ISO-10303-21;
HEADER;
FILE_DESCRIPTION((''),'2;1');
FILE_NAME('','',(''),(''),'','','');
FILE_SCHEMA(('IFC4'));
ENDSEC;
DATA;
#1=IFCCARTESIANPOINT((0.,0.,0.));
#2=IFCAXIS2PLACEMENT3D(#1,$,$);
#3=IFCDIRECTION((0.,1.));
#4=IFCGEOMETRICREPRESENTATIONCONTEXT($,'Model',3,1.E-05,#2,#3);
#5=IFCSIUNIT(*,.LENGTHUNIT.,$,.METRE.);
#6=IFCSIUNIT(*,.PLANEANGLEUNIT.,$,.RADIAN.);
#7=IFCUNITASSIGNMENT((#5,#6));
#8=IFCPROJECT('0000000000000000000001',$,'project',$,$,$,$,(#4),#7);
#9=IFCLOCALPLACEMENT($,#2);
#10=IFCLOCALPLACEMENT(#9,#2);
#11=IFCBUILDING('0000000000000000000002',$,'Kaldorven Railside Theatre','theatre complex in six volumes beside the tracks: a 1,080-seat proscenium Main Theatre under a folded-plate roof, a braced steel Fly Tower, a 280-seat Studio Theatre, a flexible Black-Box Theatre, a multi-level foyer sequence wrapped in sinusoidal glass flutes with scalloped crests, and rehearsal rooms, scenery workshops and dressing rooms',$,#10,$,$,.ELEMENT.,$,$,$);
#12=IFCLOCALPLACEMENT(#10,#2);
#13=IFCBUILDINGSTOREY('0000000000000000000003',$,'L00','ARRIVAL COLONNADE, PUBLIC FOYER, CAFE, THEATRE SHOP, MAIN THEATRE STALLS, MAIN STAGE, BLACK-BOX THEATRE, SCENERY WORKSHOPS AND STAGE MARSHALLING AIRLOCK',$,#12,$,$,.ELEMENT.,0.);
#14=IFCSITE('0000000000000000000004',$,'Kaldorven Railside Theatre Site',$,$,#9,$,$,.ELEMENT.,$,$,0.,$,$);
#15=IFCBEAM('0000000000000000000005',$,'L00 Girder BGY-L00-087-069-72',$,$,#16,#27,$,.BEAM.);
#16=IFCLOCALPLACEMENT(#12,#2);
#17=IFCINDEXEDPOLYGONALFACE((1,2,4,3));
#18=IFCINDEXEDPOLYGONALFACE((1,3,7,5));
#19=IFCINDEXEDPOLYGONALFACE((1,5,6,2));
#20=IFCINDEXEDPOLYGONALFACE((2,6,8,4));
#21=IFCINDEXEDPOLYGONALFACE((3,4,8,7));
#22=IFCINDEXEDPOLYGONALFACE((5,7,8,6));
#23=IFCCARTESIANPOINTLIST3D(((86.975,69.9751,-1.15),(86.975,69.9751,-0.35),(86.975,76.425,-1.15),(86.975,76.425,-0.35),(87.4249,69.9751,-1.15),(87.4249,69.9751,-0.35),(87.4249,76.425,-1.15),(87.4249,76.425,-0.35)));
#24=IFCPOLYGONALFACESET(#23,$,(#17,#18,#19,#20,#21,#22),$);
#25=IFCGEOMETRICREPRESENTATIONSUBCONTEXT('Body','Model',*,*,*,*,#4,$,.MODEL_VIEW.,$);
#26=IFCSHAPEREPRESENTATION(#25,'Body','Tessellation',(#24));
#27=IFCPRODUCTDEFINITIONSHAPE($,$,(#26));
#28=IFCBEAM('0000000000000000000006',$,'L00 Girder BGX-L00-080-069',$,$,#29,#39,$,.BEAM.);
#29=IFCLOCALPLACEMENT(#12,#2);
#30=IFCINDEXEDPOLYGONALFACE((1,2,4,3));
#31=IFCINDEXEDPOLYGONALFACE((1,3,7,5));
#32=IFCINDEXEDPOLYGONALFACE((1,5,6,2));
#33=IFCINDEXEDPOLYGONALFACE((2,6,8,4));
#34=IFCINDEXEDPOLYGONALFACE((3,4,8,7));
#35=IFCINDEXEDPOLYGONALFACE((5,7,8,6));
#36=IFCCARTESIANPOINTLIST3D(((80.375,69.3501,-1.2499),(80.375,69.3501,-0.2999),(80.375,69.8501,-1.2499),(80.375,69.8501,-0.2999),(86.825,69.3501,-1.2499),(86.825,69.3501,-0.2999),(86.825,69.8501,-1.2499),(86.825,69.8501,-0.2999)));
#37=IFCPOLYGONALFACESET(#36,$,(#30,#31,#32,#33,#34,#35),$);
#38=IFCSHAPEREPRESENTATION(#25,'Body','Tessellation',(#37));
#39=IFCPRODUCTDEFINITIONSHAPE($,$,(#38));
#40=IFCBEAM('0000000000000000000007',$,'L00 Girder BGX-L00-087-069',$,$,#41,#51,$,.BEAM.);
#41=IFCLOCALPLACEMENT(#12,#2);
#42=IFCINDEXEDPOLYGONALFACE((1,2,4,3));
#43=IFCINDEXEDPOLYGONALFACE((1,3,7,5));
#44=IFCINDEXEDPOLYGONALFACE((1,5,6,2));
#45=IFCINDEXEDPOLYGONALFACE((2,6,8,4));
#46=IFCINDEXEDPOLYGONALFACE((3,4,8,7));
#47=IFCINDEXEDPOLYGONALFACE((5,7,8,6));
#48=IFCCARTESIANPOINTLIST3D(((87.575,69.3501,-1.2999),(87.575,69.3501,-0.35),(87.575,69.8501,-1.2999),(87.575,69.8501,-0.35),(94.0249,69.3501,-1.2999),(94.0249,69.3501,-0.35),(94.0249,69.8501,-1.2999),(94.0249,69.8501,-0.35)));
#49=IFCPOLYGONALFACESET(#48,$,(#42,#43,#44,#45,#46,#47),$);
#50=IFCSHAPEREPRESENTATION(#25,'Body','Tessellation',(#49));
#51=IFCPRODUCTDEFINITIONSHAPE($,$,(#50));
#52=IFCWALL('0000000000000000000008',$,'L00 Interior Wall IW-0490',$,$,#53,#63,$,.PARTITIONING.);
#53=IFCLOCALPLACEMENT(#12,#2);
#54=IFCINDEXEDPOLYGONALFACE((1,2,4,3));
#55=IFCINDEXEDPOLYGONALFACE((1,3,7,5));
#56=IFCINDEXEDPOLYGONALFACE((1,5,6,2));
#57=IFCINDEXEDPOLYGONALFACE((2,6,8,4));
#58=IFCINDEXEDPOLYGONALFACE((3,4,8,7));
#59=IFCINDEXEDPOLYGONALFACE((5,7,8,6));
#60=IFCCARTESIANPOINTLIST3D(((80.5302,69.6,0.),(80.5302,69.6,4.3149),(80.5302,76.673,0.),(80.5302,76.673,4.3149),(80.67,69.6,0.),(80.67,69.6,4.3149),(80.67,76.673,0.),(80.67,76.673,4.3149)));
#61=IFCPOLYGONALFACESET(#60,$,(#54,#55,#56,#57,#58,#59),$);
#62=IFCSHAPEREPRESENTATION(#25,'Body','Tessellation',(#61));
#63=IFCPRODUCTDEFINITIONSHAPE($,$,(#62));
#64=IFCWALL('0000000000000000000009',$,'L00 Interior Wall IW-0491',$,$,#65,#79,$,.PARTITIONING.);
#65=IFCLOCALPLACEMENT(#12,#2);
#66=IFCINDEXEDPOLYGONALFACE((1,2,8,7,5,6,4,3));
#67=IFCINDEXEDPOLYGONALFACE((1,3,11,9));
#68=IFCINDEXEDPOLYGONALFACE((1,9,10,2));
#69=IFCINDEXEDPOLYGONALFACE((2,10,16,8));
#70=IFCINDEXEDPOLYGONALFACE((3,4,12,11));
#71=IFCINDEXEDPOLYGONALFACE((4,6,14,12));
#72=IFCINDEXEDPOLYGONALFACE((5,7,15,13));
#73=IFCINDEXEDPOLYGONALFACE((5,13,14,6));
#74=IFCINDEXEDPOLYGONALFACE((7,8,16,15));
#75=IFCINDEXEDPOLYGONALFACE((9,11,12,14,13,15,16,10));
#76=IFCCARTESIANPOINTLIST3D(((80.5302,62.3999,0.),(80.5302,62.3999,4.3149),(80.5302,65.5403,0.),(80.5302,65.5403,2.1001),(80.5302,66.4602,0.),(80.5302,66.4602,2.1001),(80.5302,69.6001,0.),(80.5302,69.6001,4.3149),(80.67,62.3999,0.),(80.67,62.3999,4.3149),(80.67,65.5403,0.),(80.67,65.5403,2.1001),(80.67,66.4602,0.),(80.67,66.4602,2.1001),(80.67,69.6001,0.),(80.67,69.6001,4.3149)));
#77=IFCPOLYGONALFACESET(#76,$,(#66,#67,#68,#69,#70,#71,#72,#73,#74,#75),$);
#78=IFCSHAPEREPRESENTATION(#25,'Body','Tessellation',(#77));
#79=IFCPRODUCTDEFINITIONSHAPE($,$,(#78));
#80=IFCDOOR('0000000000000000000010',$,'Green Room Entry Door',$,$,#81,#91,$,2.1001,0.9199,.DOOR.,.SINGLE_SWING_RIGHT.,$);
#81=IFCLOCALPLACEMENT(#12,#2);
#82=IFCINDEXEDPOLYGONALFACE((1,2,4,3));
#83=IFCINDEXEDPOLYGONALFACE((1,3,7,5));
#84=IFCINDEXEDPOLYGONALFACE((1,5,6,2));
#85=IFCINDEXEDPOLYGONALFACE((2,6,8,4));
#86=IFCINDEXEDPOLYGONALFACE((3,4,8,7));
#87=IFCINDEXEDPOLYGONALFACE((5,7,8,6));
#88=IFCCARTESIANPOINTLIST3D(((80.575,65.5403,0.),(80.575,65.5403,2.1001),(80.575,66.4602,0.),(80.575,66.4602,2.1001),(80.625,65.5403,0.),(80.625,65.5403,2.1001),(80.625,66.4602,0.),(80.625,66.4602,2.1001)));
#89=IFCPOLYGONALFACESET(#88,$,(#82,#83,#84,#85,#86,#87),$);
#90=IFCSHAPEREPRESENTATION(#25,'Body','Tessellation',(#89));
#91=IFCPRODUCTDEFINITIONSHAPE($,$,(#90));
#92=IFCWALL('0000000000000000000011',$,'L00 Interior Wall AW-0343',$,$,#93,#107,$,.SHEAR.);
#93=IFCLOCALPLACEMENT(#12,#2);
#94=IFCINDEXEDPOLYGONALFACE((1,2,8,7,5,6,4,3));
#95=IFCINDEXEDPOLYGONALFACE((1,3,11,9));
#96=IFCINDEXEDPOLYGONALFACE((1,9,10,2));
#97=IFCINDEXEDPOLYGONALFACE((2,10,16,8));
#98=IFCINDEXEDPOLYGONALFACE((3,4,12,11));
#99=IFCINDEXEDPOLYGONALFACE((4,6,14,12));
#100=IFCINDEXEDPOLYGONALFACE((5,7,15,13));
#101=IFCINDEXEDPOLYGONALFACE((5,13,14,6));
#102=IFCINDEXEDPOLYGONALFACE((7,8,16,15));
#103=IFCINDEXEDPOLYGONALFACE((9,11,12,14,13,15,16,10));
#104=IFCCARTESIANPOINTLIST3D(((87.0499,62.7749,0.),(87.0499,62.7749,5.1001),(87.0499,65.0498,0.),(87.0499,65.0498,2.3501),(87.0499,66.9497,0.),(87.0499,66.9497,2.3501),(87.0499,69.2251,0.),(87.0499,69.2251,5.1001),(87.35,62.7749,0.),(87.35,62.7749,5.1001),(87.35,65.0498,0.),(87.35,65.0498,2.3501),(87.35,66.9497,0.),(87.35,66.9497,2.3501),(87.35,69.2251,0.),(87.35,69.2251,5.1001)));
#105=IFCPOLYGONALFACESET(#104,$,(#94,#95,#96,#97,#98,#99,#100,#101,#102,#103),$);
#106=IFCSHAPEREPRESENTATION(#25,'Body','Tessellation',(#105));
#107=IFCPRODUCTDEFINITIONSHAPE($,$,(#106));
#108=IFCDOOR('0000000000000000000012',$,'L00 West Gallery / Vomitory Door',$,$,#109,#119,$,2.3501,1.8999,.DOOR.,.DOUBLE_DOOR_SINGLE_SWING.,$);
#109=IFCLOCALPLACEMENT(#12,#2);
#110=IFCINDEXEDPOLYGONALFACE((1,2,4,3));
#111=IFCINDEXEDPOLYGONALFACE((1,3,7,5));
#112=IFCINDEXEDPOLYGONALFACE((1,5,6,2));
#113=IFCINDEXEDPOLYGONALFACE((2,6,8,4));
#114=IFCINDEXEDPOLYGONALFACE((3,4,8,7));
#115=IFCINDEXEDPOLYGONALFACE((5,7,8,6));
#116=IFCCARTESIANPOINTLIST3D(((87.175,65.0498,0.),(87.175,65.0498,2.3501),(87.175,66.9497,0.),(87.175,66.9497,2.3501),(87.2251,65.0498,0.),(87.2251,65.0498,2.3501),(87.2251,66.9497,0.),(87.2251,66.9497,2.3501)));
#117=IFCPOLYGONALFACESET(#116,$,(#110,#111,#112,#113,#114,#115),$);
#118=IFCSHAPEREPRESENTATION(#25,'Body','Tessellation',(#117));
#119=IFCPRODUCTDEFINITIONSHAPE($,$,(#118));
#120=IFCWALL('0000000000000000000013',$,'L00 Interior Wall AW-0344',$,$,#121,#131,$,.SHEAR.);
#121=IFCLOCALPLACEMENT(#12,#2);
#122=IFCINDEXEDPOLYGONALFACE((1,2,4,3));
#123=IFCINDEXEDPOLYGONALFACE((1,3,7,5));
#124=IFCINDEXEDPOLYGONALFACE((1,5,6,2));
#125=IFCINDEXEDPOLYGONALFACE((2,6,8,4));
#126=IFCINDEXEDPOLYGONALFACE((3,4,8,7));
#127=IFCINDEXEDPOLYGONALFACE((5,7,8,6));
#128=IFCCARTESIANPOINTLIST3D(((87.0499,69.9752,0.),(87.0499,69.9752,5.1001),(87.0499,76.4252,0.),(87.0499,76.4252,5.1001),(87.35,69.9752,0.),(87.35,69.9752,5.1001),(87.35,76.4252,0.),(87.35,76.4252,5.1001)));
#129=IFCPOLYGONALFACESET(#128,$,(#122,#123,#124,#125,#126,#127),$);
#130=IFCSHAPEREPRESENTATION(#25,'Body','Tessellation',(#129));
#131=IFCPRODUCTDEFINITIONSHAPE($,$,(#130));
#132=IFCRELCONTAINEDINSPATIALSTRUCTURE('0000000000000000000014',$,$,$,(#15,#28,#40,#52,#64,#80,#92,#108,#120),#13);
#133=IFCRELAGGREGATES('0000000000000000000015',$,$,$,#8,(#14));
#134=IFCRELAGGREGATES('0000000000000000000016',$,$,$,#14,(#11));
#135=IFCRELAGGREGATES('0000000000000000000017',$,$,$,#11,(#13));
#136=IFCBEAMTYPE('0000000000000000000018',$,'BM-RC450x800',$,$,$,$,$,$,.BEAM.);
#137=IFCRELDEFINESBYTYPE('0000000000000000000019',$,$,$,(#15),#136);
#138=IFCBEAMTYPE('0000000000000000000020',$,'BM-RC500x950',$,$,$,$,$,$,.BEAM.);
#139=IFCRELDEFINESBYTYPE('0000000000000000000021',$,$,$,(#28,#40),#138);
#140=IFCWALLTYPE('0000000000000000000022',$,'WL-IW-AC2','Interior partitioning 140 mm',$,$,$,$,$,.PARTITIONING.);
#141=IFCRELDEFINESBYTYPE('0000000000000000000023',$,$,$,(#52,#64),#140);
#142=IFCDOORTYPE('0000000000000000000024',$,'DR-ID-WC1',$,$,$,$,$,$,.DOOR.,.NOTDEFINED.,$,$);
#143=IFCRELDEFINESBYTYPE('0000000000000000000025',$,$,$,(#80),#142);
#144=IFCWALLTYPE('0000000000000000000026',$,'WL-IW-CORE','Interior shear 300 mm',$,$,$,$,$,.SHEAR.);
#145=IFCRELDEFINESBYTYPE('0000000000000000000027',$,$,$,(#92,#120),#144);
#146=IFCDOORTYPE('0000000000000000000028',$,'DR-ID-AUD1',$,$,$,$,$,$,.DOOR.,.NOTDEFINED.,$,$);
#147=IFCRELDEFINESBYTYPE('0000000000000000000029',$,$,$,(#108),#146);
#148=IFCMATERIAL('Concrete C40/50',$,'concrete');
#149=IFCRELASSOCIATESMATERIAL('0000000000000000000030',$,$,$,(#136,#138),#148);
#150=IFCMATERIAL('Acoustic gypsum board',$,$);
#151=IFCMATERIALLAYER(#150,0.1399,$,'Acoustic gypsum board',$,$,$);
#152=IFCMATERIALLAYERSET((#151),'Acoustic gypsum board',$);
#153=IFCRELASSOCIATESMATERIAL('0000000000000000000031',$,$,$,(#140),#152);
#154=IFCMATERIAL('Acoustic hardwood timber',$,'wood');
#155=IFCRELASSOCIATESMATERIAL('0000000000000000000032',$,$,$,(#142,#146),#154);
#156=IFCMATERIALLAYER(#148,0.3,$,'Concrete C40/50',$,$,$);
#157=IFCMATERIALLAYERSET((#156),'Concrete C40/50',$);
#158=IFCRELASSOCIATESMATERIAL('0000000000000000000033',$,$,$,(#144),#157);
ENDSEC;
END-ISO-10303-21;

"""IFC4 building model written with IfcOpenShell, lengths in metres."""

from ifc_helpers import new_model, si_unit, direction, frame, frame_2d, origin, origin_2d, place, context, subcontext, project, spatial, rectangle, extrude, material, layer, layer_set, material_profile, profile_set, type_object, element, fill, save


model = new_model("IFC4")

# Units and contexts
model_context = context("Model", 3, precision=1e-05, world=origin(), true_north=direction((0.0, 1.0)))
body_context = subcontext(model_context, "Body", "Model", "MODEL_VIEW")
ifc_project = project(units=[si_unit("LENGTHUNIT", "METRE"), si_unit("PLANEANGLEUNIT", "RADIAN")], contexts=[model_context])

# Site, building, storey
site_placement = place(None, origin())
site = spatial("IfcSite", under=ifc_project, at=site_placement, Name="Kaldorven Railside Theatre Site", CompositionType="ELEMENT", RefElevation=0.0)
building_placement = place(site_placement, origin())
building = spatial("IfcBuilding", under=site, at=building_placement, Name="Kaldorven Railside Theatre", Description="theatre complex in six volumes beside the tracks: a 1,080-seat proscenium Main Theatre under a folded-plate roof, a braced steel Fly Tower, a 280-seat Studio Theatre, a flexible Black-Box Theatre, a multi-level foyer sequence wrapped in sinusoidal glass flutes with scalloped crests, and rehearsal rooms, scenery workshops and dressing rooms", CompositionType="ELEMENT")
storey_placement = place(building_placement, origin())
storey = spatial("IfcBuildingStorey", under=building, at=storey_placement, Name="L00", Description="ARRIVAL COLONNADE, PUBLIC FOYER, CAFE, THEATRE SHOP, MAIN THEATRE STALLS, MAIN STAGE, BLACK-BOX THEATRE, SCENERY WORKSHOPS AND STAGE MARSHALLING AIRLOCK", CompositionType="ELEMENT", Elevation=0.0)

# Shared definitions
ifc_material_1 = material(Name="Concrete C40/50", Category="concrete")

# Beams
ifc_material_profile_1 = material_profile(ifc_material_1, rectangle(XDim=0.45, YDim=0.8, at=origin_2d()), Name="RC 450x800")
ifc_profile_set_1 = profile_set([ifc_material_profile_1], Name="Concrete C40/50")
beam_type_1 = type_object("IfcBeamType", Name="BM-RC450x800", PredefinedType="BEAM", material=ifc_profile_set_1)
for number, where, z_axis, x_axis, name in (
    (1, (87.2, 69.9751, -0.75), (0.0, 1.0, 0.0), (-1.0, 0.0, 0.0), "L00 Girder BGY-L00-087-069-72"),
):
    element("IfcBeam", number, at=place(storey_placement, frame(where, z_axis=z_axis, x_axis=x_axis)), inside=storey, type_object=beam_type_1, Name=name, PredefinedType="BEAM", context=body_context, shape_type="SweptSolid", body=[
        extrude(rectangle(XDim=0.45, YDim=0.8, at=origin_2d()), origin(), (0.0, 0.0, 1.0), 6.45),
    ])
ifc_material_profile_2 = material_profile(ifc_material_1, rectangle(XDim=0.5, YDim=0.95, at=origin_2d()), Name="RC 500x950")
ifc_profile_set_2 = profile_set([ifc_material_profile_2], Name="Concrete C40/50")
beam_type_2 = type_object("IfcBeamType", Name="BM-RC500x950", PredefinedType="BEAM", material=ifc_profile_set_2)
for number, where, z_axis, x_axis, name in (
    (2, (80.375, 69.6001, -0.7749), (1.0, 0.0, 0.0), (0.0, 1.0, 0.0), "L00 Girder BGX-L00-080-069"),
    (3, (87.575, 69.6001, -0.825), (1.0, 0.0, 0.0), (0.0, 1.0, 0.0), "L00 Girder BGX-L00-087-069"),
):
    element("IfcBeam", number, at=place(storey_placement, frame(where, z_axis=z_axis, x_axis=x_axis)), inside=storey, type_object=beam_type_2, Name=name, PredefinedType="BEAM", context=body_context, shape_type="SweptSolid", body=[
        extrude(rectangle(XDim=0.5, YDim=0.95, at=origin_2d()), origin(), (0.0, 0.0, 1.0), 6.45),
    ])

# Wall
ifc_material_2 = material(Name="Acoustic gypsum board")
ifc_layer_1 = layer(ifc_material_2, 0.1399, Name="Acoustic gypsum board")
ifc_layer_set_1 = layer_set([ifc_layer_1], Name="Acoustic gypsum board")
wall_type_1 = type_object("IfcWallType", Name="WL-IW-AC2", Description="Interior partitioning 140 mm", PredefinedType="PARTITIONING", material=ifc_layer_set_1)
wall_1_placement = place(storey_placement, frame((80.6001, 76.6731, 0.0), z_axis=(0.0, 0.0, 1.0), x_axis=(0.0, -1.0, 0.0)))
element("IfcWall", 4, at=wall_1_placement, inside=storey, type_object=wall_type_1, Name="L00 Interior Wall IW-0490", PredefinedType="PARTITIONING", context=body_context, shape_type="SweptSolid", body=[
    extrude(rectangle(XDim=7.073, YDim=0.1399, at=frame_2d((3.5366, 0.0))), origin(), (0.0, 0.0, 1.0), 4.3149),
])

# Walls, openings, doors
wall_2_placement = place(storey_placement, frame((80.6001, 69.6001, 0.0), z_axis=(0.0, 0.0, 1.0), x_axis=(0.0, -1.0, 0.0)))
wall_2 = element("IfcWall", 5, at=wall_2_placement, inside=storey, type_object=wall_type_1, Name="L00 Interior Wall IW-0491", PredefinedType="PARTITIONING", context=body_context, shape_type="SweptSolid", body=[
    extrude(rectangle(XDim=7.2002, YDim=0.1399, at=frame_2d((3.6001, 0.0))), origin(), (0.0, 0.0, 1.0), 4.3149),
])
opening_1_placement = place(wall_2_placement, frame((3.1399, 0.0, 0.0)))
opening_1 = element("IfcOpeningElement", 6, at=opening_1_placement, cuts=wall_2, PredefinedType="OPENING", context=body_context, shape_type="SweptSolid", body=[
    extrude(rectangle(XDim=0.9199, YDim=2.1001, at=frame_2d((0.46, 1.05))), frame((0.0, 0.0801, 0.0), z_axis=(0.0, -1.0, 0.0), x_axis=(1.0, 0.0, 0.0)), (0.0, 0.0, 1.0), 0.1599),
])
ifc_material_3 = material(Name="Acoustic hardwood timber", Category="wood")
door_type_1 = type_object("IfcDoorType", Name="DR-ID-WC1", OperationType="NOTDEFINED", PredefinedType="DOOR", material=ifc_material_3)
door_1_placement = place(opening_1_placement, origin())
door_1 = element("IfcDoor", 7, at=door_1_placement, inside=storey, type_object=door_type_1, Name="Green Room Entry Door", OperationType="SINGLE_SWING_RIGHT", OverallHeight=2.1001, OverallWidth=0.9199, PredefinedType="DOOR", context=body_context, shape_type="SweptSolid", body=[
    extrude(rectangle(XDim=0.9199, YDim=2.1001, at=frame_2d((0.46, 1.05))), frame((0.0, 0.0249, 0.0), z_axis=(0.0, -1.0, 0.0), x_axis=(1.0, 0.0, 0.0)), (0.0, 0.0, 1.0), 0.05),
])
fill(opening_1, door_1)
ifc_layer_2 = layer(ifc_material_1, 0.3, Name="Concrete C40/50")
ifc_layer_set_2 = layer_set([ifc_layer_2], Name="Concrete C40/50")
wall_type_2 = type_object("IfcWallType", Name="WL-IW-CORE", Description="Interior shear 300 mm", PredefinedType="SHEAR", material=ifc_layer_set_2)
wall_3_placement = place(storey_placement, frame((87.2, 62.7749, 0.0), z_axis=(0.0, 0.0, 1.0), x_axis=(0.0, 1.0, 0.0)))
wall_3 = element("IfcWall", 8, at=wall_3_placement, inside=storey, type_object=wall_type_2, Name="L00 Interior Wall AW-0343", PredefinedType="SHEAR", context=body_context, shape_type="SweptSolid", body=[
    extrude(rectangle(XDim=6.4502, YDim=0.3, at=frame_2d((3.2251, 0.0))), origin(), (0.0, 0.0, 1.0), 5.1001),
])
opening_2_placement = place(wall_3_placement, frame((2.2749, 0.0, 0.0)))
opening_2 = element("IfcOpeningElement", 9, at=opening_2_placement, cuts=wall_3, PredefinedType="OPENING", context=body_context, shape_type="SweptSolid", body=[
    extrude(rectangle(XDim=1.8999, YDim=2.3501, at=frame_2d((0.95, 1.175))), frame((0.0, 0.1602, 0.0), z_axis=(0.0, -1.0, 0.0), x_axis=(1.0, 0.0, 0.0)), (0.0, 0.0, 1.0), 0.3201),
])
door_type_2 = type_object("IfcDoorType", Name="DR-ID-AUD1", OperationType="NOTDEFINED", PredefinedType="DOOR", material=ifc_material_3)
door_2_placement = place(opening_2_placement, origin())
door_2 = element("IfcDoor", 10, at=door_2_placement, inside=storey, type_object=door_type_2, Name="L00 West Gallery / Vomitory Door", OperationType="DOUBLE_DOOR_SINGLE_SWING", OverallHeight=2.3501, OverallWidth=1.8999, PredefinedType="DOOR", context=body_context, shape_type="SweptSolid", body=[
    extrude(rectangle(XDim=1.8999, YDim=2.3501, at=frame_2d((0.95, 1.175))), frame((0.0, 0.0249, 0.0), z_axis=(0.0, -1.0, 0.0), x_axis=(1.0, 0.0, 0.0)), (0.0, 0.0, 1.0), 0.05),
])
fill(opening_2, door_2)

# Wall
wall_4_placement = place(storey_placement, frame((87.2, 69.9751, 0.0), z_axis=(0.0, 0.0, 1.0), x_axis=(0.0, 1.0, 0.0)))
element("IfcWall", 11, at=wall_4_placement, inside=storey, type_object=wall_type_2, Name="L00 Interior Wall AW-0344", PredefinedType="SHEAR", context=body_context, shape_type="SweptSolid", body=[
    extrude(rectangle(XDim=6.45, YDim=0.3, at=frame_2d((3.2251, 0.0))), origin(), (0.0, 0.0, 1.0), 5.1001),
])

save(model, "model.ifc")
